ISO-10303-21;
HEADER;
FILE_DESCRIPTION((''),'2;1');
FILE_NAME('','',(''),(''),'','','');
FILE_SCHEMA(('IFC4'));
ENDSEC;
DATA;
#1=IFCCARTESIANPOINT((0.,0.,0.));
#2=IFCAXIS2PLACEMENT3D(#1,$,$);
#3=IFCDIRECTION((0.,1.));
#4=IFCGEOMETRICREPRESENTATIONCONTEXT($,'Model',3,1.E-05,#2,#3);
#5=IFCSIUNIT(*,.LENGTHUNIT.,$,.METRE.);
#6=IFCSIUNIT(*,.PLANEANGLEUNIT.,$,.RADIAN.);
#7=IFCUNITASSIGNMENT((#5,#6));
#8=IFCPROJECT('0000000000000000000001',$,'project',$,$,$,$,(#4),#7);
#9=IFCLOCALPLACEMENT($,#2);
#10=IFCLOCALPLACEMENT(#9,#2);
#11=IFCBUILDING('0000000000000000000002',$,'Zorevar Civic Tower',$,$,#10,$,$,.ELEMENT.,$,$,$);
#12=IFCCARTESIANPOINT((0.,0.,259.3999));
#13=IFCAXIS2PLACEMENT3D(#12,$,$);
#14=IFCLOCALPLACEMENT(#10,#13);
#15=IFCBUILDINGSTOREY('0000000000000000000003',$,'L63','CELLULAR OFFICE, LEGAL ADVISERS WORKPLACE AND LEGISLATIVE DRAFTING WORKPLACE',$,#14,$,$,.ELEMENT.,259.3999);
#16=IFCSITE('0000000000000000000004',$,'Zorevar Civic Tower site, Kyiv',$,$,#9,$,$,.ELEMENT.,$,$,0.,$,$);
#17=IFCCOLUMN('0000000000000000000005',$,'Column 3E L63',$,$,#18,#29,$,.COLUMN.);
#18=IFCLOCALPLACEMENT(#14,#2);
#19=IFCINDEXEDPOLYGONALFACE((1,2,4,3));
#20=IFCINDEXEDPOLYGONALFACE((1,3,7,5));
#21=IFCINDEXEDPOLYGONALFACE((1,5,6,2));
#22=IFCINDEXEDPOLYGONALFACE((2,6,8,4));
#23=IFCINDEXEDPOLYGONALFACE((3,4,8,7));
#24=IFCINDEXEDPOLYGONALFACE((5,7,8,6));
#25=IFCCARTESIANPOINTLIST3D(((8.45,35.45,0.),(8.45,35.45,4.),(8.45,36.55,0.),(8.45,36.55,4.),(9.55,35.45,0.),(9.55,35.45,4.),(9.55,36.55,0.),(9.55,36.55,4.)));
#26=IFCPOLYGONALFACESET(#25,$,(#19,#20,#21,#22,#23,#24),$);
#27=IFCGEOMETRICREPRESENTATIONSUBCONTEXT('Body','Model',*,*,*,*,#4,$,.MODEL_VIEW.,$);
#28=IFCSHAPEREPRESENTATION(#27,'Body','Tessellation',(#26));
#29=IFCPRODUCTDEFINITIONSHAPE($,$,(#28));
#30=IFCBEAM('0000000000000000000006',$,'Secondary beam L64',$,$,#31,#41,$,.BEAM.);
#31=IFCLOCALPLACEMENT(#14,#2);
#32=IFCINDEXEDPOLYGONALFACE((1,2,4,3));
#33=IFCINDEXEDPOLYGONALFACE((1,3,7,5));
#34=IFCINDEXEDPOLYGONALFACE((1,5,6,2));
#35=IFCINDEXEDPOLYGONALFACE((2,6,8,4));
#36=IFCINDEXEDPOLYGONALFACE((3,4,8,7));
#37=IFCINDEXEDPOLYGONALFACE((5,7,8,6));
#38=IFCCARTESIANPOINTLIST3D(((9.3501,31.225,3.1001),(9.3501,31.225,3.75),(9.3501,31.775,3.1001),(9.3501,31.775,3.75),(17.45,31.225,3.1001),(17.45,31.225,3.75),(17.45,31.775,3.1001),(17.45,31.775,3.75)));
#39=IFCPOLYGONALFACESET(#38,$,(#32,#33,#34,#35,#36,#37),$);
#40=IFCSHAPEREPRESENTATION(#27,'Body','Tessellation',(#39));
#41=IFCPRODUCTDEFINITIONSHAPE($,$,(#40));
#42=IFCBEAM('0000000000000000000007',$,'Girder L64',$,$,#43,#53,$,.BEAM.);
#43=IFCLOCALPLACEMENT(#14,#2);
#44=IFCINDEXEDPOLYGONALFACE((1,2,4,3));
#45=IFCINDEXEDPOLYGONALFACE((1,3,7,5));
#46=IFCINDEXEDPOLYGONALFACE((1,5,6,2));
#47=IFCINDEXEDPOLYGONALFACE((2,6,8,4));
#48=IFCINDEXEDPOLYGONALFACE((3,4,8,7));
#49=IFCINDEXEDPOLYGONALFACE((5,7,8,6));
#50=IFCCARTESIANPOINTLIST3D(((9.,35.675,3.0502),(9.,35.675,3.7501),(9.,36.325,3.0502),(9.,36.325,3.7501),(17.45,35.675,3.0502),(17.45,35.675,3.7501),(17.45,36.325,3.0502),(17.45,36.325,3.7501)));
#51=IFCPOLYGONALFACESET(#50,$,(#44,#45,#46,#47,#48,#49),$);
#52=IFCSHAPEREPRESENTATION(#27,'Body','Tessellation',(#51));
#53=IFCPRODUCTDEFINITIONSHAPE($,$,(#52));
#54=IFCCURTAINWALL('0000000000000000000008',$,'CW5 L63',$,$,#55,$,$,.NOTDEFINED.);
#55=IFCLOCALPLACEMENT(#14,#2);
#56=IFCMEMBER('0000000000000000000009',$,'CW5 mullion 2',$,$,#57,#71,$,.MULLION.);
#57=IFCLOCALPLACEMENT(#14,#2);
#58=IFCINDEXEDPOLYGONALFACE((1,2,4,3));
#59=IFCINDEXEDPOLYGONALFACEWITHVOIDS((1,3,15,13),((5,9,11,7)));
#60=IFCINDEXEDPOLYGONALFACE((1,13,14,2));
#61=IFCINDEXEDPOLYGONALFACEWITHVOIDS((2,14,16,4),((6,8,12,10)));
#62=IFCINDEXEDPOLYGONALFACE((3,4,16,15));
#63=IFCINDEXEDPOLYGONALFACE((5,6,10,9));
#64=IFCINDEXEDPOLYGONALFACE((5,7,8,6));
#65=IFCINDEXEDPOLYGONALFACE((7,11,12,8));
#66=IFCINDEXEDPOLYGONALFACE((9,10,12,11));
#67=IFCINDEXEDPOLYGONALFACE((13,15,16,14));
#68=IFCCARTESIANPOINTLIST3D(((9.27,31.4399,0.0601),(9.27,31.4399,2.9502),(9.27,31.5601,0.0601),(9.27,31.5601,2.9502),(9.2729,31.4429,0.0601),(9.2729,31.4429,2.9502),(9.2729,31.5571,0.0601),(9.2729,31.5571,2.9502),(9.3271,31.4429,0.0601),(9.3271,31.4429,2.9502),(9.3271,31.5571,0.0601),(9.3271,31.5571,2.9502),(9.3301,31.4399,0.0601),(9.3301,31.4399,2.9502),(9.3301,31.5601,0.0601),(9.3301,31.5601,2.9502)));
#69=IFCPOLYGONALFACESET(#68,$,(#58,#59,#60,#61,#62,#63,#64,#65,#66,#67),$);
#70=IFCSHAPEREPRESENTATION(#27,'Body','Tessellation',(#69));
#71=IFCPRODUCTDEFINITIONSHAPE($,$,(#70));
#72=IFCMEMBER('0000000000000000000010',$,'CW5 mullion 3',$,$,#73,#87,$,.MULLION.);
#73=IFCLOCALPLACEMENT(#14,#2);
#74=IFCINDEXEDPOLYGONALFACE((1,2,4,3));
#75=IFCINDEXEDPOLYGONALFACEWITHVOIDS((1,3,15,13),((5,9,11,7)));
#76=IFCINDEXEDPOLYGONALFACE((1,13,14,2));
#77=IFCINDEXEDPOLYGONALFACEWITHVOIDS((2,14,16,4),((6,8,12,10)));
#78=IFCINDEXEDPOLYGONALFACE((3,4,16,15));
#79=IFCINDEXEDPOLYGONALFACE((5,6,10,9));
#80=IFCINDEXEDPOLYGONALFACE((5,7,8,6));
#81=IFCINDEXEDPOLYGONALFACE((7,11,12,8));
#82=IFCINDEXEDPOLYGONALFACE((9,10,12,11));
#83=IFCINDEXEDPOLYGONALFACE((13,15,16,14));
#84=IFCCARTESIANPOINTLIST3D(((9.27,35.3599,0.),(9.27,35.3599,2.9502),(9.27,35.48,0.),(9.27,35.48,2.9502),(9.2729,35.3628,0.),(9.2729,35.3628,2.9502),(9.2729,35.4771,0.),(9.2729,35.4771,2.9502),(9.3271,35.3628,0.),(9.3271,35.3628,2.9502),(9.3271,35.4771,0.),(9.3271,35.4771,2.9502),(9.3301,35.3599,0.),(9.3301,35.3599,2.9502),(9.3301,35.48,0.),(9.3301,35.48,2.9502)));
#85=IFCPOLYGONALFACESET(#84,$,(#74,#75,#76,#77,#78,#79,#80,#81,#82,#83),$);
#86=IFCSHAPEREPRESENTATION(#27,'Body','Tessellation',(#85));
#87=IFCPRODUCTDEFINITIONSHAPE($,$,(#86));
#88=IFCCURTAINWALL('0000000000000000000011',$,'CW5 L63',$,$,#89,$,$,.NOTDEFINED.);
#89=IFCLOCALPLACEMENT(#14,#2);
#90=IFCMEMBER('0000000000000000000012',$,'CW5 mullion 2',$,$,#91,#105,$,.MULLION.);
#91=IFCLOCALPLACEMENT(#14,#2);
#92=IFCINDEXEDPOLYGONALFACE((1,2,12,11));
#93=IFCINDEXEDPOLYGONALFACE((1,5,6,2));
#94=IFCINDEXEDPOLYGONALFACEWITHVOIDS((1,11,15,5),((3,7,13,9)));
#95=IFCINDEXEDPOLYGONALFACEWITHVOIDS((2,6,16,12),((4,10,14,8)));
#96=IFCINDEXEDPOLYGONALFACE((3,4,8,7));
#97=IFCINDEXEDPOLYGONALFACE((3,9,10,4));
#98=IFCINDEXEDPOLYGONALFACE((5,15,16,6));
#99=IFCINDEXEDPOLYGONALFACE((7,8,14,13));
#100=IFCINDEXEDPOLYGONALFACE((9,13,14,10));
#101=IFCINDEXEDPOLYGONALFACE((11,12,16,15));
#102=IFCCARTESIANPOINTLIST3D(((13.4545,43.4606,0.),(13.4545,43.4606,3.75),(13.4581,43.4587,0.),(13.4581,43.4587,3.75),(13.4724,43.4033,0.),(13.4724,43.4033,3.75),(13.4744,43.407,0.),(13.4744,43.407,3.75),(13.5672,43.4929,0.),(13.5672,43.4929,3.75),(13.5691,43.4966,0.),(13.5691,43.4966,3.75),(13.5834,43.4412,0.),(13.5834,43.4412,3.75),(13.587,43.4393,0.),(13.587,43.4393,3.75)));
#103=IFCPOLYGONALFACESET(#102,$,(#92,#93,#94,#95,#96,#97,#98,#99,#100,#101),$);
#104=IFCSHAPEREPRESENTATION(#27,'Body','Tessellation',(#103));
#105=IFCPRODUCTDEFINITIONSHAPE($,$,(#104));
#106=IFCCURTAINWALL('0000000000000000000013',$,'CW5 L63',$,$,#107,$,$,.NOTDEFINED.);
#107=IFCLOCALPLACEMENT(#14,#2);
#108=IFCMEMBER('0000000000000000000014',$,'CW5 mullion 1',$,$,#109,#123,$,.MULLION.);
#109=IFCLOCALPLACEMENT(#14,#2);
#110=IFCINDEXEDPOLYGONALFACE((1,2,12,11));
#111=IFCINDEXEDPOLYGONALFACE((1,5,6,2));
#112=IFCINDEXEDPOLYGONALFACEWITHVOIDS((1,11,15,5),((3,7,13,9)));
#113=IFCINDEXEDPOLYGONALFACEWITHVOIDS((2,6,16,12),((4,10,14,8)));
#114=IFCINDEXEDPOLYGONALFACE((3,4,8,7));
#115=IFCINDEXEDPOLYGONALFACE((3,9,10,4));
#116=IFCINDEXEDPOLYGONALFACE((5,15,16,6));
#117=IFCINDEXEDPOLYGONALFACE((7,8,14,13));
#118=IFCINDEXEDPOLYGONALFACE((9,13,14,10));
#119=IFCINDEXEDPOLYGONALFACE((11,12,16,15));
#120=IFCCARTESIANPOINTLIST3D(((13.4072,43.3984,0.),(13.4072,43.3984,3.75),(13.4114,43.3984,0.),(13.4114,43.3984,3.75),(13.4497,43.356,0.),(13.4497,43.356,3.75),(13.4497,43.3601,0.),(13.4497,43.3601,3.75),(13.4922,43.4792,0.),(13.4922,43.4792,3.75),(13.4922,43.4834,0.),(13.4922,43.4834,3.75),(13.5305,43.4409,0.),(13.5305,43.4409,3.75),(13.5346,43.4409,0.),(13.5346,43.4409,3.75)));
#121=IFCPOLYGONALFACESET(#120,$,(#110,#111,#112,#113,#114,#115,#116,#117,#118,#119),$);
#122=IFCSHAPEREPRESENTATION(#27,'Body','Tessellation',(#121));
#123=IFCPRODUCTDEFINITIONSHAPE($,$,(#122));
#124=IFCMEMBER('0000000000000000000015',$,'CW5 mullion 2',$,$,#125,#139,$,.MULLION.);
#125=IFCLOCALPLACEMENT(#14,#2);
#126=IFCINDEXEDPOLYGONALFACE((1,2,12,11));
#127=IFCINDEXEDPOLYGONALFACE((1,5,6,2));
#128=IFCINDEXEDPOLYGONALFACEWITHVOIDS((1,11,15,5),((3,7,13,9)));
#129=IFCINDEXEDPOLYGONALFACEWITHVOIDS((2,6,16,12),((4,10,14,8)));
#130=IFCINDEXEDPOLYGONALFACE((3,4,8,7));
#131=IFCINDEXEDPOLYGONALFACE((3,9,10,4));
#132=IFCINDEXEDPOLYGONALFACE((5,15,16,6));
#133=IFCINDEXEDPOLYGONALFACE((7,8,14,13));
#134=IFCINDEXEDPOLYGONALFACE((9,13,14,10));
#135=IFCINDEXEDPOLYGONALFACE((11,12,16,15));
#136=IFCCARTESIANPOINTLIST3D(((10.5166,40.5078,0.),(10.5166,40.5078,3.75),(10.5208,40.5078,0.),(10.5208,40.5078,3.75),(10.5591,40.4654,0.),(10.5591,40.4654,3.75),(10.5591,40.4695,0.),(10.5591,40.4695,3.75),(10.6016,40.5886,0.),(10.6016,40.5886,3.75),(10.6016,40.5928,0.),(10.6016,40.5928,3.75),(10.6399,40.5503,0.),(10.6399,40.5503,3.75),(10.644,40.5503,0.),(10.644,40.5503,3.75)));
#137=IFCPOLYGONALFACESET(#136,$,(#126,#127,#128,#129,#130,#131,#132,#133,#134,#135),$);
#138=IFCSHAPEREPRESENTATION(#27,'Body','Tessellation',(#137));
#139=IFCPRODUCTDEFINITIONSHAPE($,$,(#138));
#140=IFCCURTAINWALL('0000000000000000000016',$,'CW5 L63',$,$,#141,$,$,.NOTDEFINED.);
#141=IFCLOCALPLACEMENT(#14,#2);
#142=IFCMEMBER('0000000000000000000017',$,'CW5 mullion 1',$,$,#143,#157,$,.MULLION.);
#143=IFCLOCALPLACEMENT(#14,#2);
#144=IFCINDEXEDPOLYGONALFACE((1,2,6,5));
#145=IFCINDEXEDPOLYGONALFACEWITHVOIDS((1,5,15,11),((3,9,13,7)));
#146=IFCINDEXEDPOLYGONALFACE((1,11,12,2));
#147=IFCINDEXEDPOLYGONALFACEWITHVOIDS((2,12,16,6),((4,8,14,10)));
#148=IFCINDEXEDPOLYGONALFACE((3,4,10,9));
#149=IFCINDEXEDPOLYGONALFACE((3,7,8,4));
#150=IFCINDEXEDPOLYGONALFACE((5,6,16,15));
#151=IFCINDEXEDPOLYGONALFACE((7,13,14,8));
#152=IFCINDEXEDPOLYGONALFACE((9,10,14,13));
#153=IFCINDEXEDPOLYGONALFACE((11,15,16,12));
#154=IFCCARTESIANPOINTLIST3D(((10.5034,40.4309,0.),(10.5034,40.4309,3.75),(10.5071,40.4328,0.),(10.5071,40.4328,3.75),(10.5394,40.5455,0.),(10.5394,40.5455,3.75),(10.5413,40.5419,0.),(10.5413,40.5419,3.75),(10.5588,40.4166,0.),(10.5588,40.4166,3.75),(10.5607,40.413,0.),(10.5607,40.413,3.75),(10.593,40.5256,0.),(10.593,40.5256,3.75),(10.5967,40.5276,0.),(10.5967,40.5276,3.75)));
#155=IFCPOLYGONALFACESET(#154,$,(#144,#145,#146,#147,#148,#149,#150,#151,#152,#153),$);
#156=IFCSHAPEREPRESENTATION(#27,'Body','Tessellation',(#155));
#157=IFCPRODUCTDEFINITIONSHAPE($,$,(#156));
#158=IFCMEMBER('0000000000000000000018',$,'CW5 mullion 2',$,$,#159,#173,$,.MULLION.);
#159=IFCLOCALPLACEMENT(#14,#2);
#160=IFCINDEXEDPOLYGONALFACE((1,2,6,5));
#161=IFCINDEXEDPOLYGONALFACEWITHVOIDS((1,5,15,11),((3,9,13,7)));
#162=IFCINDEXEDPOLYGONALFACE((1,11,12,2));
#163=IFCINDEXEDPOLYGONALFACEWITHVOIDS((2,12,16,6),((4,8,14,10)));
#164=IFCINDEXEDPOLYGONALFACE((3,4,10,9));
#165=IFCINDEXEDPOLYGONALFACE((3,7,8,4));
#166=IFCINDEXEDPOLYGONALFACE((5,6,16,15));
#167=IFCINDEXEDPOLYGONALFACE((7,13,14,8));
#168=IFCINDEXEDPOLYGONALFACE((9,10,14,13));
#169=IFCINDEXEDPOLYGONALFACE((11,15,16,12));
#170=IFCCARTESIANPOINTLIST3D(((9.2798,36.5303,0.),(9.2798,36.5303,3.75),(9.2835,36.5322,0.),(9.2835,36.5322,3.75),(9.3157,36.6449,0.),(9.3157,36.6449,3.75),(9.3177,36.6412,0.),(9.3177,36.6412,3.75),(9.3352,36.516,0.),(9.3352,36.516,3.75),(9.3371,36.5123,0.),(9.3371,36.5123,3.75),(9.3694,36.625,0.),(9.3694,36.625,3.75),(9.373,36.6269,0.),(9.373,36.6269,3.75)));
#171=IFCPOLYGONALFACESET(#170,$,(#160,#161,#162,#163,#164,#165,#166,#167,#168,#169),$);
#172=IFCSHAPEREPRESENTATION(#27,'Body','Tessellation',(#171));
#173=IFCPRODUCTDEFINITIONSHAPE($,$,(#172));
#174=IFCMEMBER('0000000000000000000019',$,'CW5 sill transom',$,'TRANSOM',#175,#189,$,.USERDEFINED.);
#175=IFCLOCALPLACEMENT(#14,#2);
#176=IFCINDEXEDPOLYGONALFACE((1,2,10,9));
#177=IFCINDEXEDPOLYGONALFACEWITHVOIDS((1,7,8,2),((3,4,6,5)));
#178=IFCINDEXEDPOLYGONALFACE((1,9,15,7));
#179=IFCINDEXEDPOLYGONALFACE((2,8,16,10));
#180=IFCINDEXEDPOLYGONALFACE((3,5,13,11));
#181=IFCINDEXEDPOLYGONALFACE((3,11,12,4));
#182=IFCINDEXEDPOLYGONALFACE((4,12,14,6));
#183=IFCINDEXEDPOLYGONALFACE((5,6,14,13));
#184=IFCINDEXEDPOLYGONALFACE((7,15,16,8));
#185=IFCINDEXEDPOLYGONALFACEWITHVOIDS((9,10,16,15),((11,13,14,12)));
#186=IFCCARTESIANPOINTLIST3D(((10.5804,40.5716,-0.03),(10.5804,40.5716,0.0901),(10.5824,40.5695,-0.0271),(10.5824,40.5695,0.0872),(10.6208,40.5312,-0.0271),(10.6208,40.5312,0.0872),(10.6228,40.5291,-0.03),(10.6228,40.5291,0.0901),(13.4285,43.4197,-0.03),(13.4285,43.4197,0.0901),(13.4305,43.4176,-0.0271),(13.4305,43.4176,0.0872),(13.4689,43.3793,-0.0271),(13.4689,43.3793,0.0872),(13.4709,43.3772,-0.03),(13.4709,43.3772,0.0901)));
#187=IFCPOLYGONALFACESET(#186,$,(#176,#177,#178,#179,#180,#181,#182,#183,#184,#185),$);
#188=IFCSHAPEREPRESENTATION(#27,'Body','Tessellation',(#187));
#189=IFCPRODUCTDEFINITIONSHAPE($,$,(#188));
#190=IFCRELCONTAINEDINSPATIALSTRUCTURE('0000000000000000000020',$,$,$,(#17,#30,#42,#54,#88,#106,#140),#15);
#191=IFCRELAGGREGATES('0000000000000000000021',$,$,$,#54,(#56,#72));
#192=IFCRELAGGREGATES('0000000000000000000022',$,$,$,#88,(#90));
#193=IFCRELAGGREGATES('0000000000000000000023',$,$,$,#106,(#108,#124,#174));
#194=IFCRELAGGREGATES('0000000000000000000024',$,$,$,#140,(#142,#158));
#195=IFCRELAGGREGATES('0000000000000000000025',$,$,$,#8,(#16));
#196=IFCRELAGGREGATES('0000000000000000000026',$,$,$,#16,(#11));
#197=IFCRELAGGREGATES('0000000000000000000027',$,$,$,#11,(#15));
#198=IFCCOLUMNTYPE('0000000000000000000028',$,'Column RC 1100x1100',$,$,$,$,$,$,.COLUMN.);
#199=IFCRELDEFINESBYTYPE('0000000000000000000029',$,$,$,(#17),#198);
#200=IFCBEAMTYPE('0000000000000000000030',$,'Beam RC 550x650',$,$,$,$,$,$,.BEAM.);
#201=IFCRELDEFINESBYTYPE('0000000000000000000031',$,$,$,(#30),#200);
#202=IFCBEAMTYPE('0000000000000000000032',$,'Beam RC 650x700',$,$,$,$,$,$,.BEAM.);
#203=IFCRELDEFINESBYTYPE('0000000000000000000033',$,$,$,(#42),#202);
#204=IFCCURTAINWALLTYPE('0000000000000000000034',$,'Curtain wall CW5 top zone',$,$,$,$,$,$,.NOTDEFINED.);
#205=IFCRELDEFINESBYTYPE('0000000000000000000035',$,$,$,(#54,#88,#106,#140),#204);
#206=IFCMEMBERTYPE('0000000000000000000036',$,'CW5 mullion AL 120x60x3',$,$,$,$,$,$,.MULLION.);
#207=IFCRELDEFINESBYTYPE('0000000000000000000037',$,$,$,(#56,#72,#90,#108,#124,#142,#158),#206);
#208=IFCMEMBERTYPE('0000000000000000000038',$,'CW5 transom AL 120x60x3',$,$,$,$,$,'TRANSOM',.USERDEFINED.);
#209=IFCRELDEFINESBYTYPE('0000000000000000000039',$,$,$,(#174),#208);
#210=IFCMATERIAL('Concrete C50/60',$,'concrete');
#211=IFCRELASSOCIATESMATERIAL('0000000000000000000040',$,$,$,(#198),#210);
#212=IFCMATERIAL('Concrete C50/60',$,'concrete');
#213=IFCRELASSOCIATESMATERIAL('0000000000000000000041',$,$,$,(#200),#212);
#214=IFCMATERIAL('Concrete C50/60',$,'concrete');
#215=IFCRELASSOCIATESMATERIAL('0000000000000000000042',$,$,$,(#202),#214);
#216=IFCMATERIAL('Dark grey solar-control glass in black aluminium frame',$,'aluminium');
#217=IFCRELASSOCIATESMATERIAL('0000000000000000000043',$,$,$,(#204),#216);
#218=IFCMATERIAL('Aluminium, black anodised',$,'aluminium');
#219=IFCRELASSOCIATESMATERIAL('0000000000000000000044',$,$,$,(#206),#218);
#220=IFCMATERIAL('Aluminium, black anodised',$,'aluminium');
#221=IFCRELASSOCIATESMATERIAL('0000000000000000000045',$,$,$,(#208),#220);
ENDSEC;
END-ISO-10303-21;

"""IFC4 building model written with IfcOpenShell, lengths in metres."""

from ifc_helpers import new_model, si_unit, direction, frame, origin, origin_2d, place, context, subcontext, project, spatial, rectangle, hollow_rectangle, extrude, material, material_profile, profile_set, type_object, element, aggregate, save


model = new_model("IFC4")

# Units and contexts
model_context = context("Model", 3, precision=1e-05, world=origin(), true_north=direction((0.0, 1.0)))
body_context = subcontext(model_context, "Body", "Model", "MODEL_VIEW")
ifc_project = project(units=[si_unit("LENGTHUNIT", "METRE"), si_unit("PLANEANGLEUNIT", "RADIAN")], contexts=[model_context])

# Site, building, storey
site_placement = place(None, origin())
site = spatial("IfcSite", under=ifc_project, at=site_placement, Name="Zorevar Civic Tower site, Kyiv", CompositionType="ELEMENT", RefElevation=0.0)
building_placement = place(site_placement, origin())
building = spatial("IfcBuilding", under=site, at=building_placement, Name="Zorevar Civic Tower", CompositionType="ELEMENT")
storey_placement = place(building_placement, frame((0.0, 0.0, 259.3999)))
storey = spatial("IfcBuildingStorey", under=building, at=storey_placement, Name="L63", Description="CELLULAR OFFICE, LEGAL ADVISERS WORKPLACE AND LEGISLATIVE DRAFTING WORKPLACE", CompositionType="ELEMENT", Elevation=259.3999)

# Column
ifc_material_1 = material(Name="Concrete C50/60", Category="concrete")
ifc_material_profile_1 = material_profile(ifc_material_1, rectangle(XDim=1.1001, YDim=1.1001, at=origin_2d()), Name="RC 1100x1100")
ifc_profile_set_1 = profile_set([ifc_material_profile_1], Name="Concrete C50/60")
column_type = type_object("IfcColumnType", Name="Column RC 1100x1100", PredefinedType="COLUMN", material=ifc_profile_set_1)
column_placement = place(storey_placement, frame((9.0, 36.0, 0.0), z_axis=(0.0, 0.0, 1.0), x_axis=(1.0, 0.0, 0.0)))
element("IfcColumn", 1, at=column_placement, inside=storey, type_object=column_type, Name="Column 3E L63", PredefinedType="COLUMN", context=body_context, shape_type="SweptSolid", body=[
    extrude(rectangle(XDim=1.1001, YDim=1.1001, at=origin_2d()), origin(), (0.0, 0.0, 1.0), 4.0),
])

# Beams
ifc_material_2 = material(Name="Concrete C50/60", Category="concrete")
ifc_material_profile_2 = material_profile(ifc_material_2, rectangle(XDim=0.55, YDim=0.6499, at=origin_2d()), Name="RC 550x650")
ifc_profile_set_2 = profile_set([ifc_material_profile_2], Name="Concrete C50/60")
beam_type_1 = type_object("IfcBeamType", Name="Beam RC 550x650", PredefinedType="BEAM", material=ifc_profile_set_2)
beam_1_placement = place(storey_placement, frame((9.3501, 31.5, 3.425), z_axis=(1.0, 0.0, 0.0), x_axis=(0.0, 1.0, 0.0)))
element("IfcBeam", 2, at=beam_1_placement, inside=storey, type_object=beam_type_1, Name="Secondary beam L64", PredefinedType="BEAM", context=body_context, shape_type="SweptSolid", body=[
    extrude(rectangle(XDim=0.55, YDim=0.6499, at=origin_2d()), origin(), (0.0, 0.0, 1.0), 8.0999),
])
ifc_material_3 = material(Name="Concrete C50/60", Category="concrete")
ifc_material_profile_3 = material_profile(ifc_material_3, rectangle(XDim=0.6499, YDim=0.7, at=origin_2d()), Name="RC 650x700")
ifc_profile_set_3 = profile_set([ifc_material_profile_3], Name="Concrete C50/60")
beam_type_2 = type_object("IfcBeamType", Name="Beam RC 650x700", PredefinedType="BEAM", material=ifc_profile_set_3)
beam_2_placement = place(storey_placement, frame((9.0, 36.0, 3.4001), z_axis=(1.0, 0.0, 0.0), x_axis=(0.0, 1.0, 0.0)))
element("IfcBeam", 3, at=beam_2_placement, inside=storey, type_object=beam_type_2, Name="Girder L64", PredefinedType="BEAM", context=body_context, shape_type="SweptSolid", body=[
    extrude(rectangle(XDim=0.6499, YDim=0.7, at=origin_2d()), origin(), (0.0, 0.0, 1.0), 8.45),
])

# Curtain wall, members
ifc_material_4 = material(Name="Dark grey solar-control glass in black aluminium frame", Category="aluminium")
curtain_wall_type = type_object("IfcCurtainWallType", Name="Curtain wall CW5 top zone", PredefinedType="NOTDEFINED", material=ifc_material_4)
curtain_wall_1_placement = place(storey_placement, origin())
curtain_wall_1 = element("IfcCurtainWall", 4, at=curtain_wall_1_placement, inside=storey, type_object=curtain_wall_type, Name="CW5 L63", PredefinedType="NOTDEFINED")
ifc_material_5 = material(Name="Aluminium, black anodised", Category="aluminium")
ifc_material_profile_4 = material_profile(ifc_material_5, hollow_rectangle(XDim=0.0601, YDim=0.1201, WallThickness=0.0029, at=origin_2d()), Name="AL 120x60x3")
ifc_profile_set_4 = profile_set([ifc_material_profile_4], Name="Aluminium, black anodised")
member_type_1 = type_object("IfcMemberType", Name="CW5 mullion AL 120x60x3", PredefinedType="MULLION", material=ifc_profile_set_4)
member_1_placement = place(storey_placement, frame((9.3, 31.5, 0.0601), z_axis=(0.0, 0.0, 1.0), x_axis=(-1.0, 0.0, 0.0)))
member_1 = element("IfcMember", 5, at=member_1_placement, type_object=member_type_1, Name="CW5 mullion 2", PredefinedType="MULLION", context=body_context, shape_type="SweptSolid", body=[
    extrude(hollow_rectangle(XDim=0.0601, YDim=0.1201, WallThickness=0.0029, at=origin_2d()), origin(), (0.0, 0.0, 1.0), 2.8901),
])
member_2_placement = place(storey_placement, frame((9.3, 35.4199, 0.0), z_axis=(0.0, 0.0, 1.0), x_axis=(-1.0, 0.0, 0.0)))
member_2 = element("IfcMember", 6, at=member_2_placement, type_object=member_type_1, Name="CW5 mullion 3", PredefinedType="MULLION", context=body_context, shape_type="SweptSolid", body=[
    extrude(hollow_rectangle(XDim=0.0601, YDim=0.1201, WallThickness=0.0029, at=origin_2d()), origin(), (0.0, 0.0, 1.0), 2.9502),
])

# Curtain wall, member
curtain_wall_2_placement = place(storey_placement, origin())
curtain_wall_2 = element("IfcCurtainWall", 7, at=curtain_wall_2_placement, inside=storey, type_object=curtain_wall_type, Name="CW5 L63", PredefinedType="NOTDEFINED")
member_3_placement = place(storey_placement, frame((13.5208, 43.45, 0.0), z_axis=(0.0, 0.0, 1.0), x_axis=(0.299318, -0.954153, 0.0)))
member_3 = element("IfcMember", 8, at=member_3_placement, type_object=member_type_1, Name="CW5 mullion 2", PredefinedType="MULLION", context=body_context, shape_type="SweptSolid", body=[
    extrude(hollow_rectangle(XDim=0.0601, YDim=0.1201, WallThickness=0.0029, at=origin_2d()), origin(), (0.0, 0.0, 1.0), 3.75),
])

# Curtain walls, members
curtain_wall_3_placement = place(storey_placement, origin())
curtain_wall_3 = element("IfcCurtainWall", 9, at=curtain_wall_3_placement, inside=storey, type_object=curtain_wall_type, Name="CW5 L63", PredefinedType="NOTDEFINED")
member_4_placement = place(storey_placement, frame((13.4709, 43.4197, 0.0), z_axis=(0.0, 0.0, 1.0), x_axis=(0.707107, -0.707107, 0.0)))
member_4 = element("IfcMember", 10, at=member_4_placement, type_object=member_type_1, Name="CW5 mullion 1", PredefinedType="MULLION", context=body_context, shape_type="SweptSolid", body=[
    extrude(hollow_rectangle(XDim=0.0601, YDim=0.1201, WallThickness=0.0029, at=origin_2d()), origin(), (0.0, 0.0, 1.0), 3.75),
])
member_5_placement = place(storey_placement, frame((10.5803, 40.5291, 0.0), z_axis=(0.0, 0.0, 1.0), x_axis=(0.707107, -0.707107, 0.0)))
member_5 = element("IfcMember", 11, at=member_5_placement, type_object=member_type_1, Name="CW5 mullion 2", PredefinedType="MULLION", context=body_context, shape_type="SweptSolid", body=[
    extrude(hollow_rectangle(XDim=0.0601, YDim=0.1201, WallThickness=0.0029, at=origin_2d()), origin(), (0.0, 0.0, 1.0), 3.75),
])
curtain_wall_4_placement = place(storey_placement, origin())
curtain_wall_4 = element("IfcCurtainWall", 12, at=curtain_wall_4_placement, inside=storey, type_object=curtain_wall_type, Name="CW5 L63", PredefinedType="NOTDEFINED")
member_6_placement = place(storey_placement, frame((10.55, 40.4792, 0.0), z_axis=(0.0, 0.0, 1.0), x_axis=(0.954153, -0.299318, 0.0)))
member_6 = element("IfcMember", 13, at=member_6_placement, type_object=member_type_1, Name="CW5 mullion 1", PredefinedType="MULLION", context=body_context, shape_type="SweptSolid", body=[
    extrude(hollow_rectangle(XDim=0.0601, YDim=0.1201, WallThickness=0.0029, at=origin_2d()), origin(), (0.0, 0.0, 1.0), 3.75),
])
member_7_placement = place(storey_placement, frame((9.3264, 36.5786, 0.0), z_axis=(0.0, 0.0, 1.0), x_axis=(0.954153, -0.299318, 0.0)))
member_7 = element("IfcMember", 14, at=member_7_placement, type_object=member_type_1, Name="CW5 mullion 2", PredefinedType="MULLION", context=body_context, shape_type="SweptSolid", body=[
    extrude(hollow_rectangle(XDim=0.0601, YDim=0.1201, WallThickness=0.0029, at=origin_2d()), origin(), (0.0, 0.0, 1.0), 3.75),
])

# Member
ifc_material_6 = material(Name="Aluminium, black anodised", Category="aluminium")
ifc_material_profile_5 = material_profile(ifc_material_6, hollow_rectangle(XDim=0.0601, YDim=0.1201, WallThickness=0.0029, at=origin_2d()), Name="AL 120x60x3")
ifc_profile_set_5 = profile_set([ifc_material_profile_5], Name="Aluminium, black anodised")
member_type_2 = type_object("IfcMemberType", Name="CW5 transom AL 120x60x3", ElementType="TRANSOM", PredefinedType="USERDEFINED", material=ifc_profile_set_5)
member_8_placement = place(storey_placement, frame((13.4497, 43.3984, 0.03), z_axis=(-0.707107, -0.707107, 0.0), x_axis=(0.707107, -0.707107, 0.0)))
member_8 = element("IfcMember", 15, at=member_8_placement, type_object=member_type_2, Name="CW5 sill transom", ObjectType="TRANSOM", PredefinedType="USERDEFINED", context=body_context, shape_type="SweptSolid", body=[
    extrude(hollow_rectangle(XDim=0.0601, YDim=0.1201, WallThickness=0.0029, at=origin_2d()), origin(), (0.0, 0.0, 1.0), 4.0278),
])

aggregate(curtain_wall_1, [member_1, member_2])
aggregate(curtain_wall_2, [member_3])
aggregate(curtain_wall_3, [member_4, member_5, member_8])
aggregate(curtain_wall_4, [member_6, member_7])

save(model, "model.ifc")
